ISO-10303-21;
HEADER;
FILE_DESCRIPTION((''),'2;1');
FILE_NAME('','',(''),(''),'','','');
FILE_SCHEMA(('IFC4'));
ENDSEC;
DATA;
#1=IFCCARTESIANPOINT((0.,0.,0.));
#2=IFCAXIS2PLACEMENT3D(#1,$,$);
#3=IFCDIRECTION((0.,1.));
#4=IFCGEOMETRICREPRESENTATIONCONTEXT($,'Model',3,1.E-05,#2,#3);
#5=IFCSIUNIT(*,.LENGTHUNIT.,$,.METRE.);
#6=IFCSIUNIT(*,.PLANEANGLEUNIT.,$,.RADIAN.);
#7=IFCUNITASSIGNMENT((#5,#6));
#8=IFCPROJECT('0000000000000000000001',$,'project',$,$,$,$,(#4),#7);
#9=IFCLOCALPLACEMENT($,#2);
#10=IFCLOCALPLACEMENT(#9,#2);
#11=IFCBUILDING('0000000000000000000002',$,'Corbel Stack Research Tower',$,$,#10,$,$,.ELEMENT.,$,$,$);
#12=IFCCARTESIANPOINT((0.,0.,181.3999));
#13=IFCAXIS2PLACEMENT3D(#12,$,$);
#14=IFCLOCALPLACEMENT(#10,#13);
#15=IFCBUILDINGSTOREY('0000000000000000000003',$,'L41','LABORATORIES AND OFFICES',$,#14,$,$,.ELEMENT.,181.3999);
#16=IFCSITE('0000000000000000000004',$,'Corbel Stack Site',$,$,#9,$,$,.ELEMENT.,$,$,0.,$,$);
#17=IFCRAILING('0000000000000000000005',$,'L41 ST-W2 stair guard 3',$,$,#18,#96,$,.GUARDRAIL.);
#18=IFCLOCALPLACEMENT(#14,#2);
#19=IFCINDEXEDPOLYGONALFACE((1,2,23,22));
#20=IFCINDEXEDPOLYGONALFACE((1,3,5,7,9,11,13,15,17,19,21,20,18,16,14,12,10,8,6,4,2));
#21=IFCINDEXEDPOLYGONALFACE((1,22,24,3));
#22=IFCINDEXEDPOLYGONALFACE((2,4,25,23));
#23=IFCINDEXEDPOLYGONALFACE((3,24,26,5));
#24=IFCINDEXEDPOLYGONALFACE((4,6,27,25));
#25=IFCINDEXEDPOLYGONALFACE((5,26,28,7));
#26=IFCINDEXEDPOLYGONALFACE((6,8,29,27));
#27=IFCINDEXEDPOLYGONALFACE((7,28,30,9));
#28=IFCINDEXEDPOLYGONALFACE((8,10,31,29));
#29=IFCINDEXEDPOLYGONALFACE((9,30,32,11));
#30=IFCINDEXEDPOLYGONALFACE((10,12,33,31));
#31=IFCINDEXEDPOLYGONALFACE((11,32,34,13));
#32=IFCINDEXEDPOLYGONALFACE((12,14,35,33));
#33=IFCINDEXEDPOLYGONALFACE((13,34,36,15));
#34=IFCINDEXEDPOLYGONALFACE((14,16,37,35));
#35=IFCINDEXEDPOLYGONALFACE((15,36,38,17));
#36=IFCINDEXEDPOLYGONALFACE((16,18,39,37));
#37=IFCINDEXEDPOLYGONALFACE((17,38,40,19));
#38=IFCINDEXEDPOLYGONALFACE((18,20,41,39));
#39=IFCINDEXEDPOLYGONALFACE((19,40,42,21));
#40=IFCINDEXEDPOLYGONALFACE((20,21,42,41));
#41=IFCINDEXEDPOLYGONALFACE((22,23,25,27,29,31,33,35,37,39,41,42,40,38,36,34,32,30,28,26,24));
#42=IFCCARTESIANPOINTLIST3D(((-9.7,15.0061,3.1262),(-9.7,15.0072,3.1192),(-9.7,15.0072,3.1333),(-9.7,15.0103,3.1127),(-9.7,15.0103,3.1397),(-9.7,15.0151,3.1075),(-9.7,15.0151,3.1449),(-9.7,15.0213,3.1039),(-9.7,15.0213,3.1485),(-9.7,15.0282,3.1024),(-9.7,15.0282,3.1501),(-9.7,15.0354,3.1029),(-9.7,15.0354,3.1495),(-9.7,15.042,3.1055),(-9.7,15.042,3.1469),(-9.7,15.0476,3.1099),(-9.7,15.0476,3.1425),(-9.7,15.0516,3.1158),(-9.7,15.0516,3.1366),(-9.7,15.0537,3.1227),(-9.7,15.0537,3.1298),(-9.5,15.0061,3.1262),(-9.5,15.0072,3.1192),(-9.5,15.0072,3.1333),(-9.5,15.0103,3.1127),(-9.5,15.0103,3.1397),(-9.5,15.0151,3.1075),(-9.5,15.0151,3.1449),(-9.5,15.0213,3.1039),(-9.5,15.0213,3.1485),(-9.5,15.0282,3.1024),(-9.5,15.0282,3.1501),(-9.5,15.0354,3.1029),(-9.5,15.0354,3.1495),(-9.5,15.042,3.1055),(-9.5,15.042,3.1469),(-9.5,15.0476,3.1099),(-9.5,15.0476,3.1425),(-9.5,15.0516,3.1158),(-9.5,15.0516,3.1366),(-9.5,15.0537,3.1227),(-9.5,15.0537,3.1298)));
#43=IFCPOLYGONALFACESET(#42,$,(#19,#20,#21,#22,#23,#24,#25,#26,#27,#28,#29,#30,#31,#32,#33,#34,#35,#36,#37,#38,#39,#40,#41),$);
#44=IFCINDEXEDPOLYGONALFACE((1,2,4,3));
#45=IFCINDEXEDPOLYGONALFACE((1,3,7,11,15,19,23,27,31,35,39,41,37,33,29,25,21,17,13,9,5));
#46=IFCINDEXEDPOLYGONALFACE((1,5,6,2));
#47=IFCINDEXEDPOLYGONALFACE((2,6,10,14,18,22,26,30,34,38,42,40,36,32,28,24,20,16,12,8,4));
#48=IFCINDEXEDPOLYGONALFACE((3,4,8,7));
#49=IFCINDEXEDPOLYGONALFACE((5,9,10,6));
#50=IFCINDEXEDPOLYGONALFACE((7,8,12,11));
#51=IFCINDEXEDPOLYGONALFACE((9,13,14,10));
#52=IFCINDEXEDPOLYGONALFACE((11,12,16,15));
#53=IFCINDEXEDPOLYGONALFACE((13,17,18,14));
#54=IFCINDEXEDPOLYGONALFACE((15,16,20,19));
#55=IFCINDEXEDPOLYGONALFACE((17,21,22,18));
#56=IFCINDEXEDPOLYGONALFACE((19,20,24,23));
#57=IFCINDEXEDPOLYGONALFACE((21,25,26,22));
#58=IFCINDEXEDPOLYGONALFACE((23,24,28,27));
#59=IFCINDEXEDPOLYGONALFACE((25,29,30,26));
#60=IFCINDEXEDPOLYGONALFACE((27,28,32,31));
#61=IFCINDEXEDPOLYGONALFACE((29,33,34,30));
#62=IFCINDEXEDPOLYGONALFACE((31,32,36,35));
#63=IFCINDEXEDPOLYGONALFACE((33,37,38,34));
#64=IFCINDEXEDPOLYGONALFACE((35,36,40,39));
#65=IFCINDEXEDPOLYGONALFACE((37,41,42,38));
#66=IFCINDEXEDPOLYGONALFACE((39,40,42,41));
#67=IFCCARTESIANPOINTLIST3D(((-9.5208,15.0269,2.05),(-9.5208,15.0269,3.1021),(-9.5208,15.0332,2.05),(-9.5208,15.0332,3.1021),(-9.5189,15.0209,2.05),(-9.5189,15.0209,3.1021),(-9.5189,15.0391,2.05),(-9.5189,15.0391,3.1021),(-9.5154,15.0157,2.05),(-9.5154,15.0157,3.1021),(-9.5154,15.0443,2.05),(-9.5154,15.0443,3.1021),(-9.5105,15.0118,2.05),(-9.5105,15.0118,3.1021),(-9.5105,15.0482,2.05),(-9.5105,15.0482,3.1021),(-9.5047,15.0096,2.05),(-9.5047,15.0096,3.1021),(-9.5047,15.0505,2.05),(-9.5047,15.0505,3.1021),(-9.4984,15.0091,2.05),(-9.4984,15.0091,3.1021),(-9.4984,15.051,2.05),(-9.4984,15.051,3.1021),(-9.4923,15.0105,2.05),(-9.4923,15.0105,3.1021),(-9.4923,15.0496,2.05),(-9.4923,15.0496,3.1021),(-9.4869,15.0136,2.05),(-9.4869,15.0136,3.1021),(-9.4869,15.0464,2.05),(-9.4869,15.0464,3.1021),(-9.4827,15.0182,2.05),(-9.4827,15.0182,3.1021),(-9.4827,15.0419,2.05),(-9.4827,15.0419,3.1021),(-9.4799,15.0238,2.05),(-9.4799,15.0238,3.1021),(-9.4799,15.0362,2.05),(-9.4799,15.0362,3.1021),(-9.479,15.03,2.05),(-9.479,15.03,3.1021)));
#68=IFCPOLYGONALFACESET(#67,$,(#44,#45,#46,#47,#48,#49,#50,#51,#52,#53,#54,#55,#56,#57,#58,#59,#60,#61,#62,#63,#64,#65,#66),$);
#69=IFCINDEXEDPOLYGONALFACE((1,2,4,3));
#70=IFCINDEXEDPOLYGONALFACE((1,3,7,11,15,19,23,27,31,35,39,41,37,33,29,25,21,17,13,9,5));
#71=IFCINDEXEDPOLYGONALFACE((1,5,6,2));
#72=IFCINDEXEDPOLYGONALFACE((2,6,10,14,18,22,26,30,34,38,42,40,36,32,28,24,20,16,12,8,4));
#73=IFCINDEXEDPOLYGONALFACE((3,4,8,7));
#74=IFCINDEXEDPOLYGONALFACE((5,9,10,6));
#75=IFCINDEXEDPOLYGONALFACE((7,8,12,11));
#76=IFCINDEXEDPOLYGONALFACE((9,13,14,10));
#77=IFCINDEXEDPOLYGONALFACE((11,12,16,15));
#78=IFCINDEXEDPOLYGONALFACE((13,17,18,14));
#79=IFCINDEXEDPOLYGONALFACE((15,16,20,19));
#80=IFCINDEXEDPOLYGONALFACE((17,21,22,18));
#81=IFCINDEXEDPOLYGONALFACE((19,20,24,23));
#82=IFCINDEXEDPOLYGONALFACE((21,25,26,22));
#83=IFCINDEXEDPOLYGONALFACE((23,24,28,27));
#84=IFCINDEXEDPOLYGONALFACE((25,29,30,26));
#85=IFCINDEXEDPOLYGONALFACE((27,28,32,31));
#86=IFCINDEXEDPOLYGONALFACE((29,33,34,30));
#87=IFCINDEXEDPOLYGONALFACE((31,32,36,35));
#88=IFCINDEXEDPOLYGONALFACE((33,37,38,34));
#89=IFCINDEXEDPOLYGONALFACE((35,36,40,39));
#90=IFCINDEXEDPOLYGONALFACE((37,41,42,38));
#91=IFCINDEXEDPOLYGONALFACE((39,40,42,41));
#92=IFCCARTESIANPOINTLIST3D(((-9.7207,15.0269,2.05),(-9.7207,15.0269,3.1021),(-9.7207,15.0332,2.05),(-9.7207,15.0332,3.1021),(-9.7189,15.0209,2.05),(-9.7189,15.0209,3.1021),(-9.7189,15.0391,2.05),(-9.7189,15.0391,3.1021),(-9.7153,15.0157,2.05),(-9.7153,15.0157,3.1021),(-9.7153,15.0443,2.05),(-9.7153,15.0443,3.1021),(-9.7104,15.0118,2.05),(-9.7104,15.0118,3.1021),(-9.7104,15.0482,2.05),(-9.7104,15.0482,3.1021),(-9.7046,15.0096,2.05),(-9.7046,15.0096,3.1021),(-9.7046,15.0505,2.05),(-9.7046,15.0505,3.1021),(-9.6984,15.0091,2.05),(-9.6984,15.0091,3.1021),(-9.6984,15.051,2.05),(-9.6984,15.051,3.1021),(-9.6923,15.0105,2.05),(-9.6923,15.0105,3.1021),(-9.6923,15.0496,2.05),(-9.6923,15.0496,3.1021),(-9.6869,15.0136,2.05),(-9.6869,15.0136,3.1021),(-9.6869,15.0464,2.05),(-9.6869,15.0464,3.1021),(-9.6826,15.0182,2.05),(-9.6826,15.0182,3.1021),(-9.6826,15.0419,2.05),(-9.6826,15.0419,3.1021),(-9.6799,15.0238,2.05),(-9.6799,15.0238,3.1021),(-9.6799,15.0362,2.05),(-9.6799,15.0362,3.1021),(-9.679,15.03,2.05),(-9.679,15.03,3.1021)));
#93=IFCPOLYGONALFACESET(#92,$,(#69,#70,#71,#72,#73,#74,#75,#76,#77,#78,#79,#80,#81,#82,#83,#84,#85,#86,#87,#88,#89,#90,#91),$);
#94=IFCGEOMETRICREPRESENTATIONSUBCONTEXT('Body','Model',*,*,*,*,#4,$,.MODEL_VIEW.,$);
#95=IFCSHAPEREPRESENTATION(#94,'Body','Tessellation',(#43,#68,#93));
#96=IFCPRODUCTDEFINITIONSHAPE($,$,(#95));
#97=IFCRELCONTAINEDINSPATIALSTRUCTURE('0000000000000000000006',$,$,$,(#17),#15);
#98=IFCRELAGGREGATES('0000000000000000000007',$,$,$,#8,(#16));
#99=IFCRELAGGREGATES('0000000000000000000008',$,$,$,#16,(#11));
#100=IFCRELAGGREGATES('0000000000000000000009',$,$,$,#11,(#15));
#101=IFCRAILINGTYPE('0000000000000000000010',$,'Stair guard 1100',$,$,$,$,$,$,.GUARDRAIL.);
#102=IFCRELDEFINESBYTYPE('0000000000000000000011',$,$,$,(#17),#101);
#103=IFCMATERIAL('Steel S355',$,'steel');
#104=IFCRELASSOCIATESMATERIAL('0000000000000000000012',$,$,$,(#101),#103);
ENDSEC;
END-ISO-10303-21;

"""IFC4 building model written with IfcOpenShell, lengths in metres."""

from ifc_helpers import new_model, si_unit, direction, frame, origin, origin_2d, place, context, subcontext, project, spatial, circle, extrude, material, type_object, element, save


model = new_model("IFC4")

# Units and contexts
model_context = context("Model", 3, precision=1e-05, world=origin(), true_north=direction((0.0, 1.0)))
body_context = subcontext(model_context, "Body", "Model", "MODEL_VIEW")
ifc_project = project(units=[si_unit("LENGTHUNIT", "METRE"), si_unit("PLANEANGLEUNIT", "RADIAN")], contexts=[model_context])

# Site, building, storey
site_placement = place(None, origin())
site = spatial("IfcSite", under=ifc_project, at=site_placement, Name="Corbel Stack Site", CompositionType="ELEMENT", RefElevation=0.0)
building_placement = place(site_placement, origin())
building = spatial("IfcBuilding", under=site, at=building_placement, Name="Corbel Stack Research Tower", CompositionType="ELEMENT")
storey_placement = place(building_placement, frame((0.0, 0.0, 181.3999)))
storey = spatial("IfcBuildingStorey", under=building, at=storey_placement, Name="L41", Description="LABORATORIES AND OFFICES", CompositionType="ELEMENT", Elevation=181.3999)

# Railing
ifc_material_1 = material(Name="Steel S355", Category="steel")
railing_type = type_object("IfcRailingType", Name="Stair guard 1100", PredefinedType="GUARDRAIL", material=ifc_material_1)
railing_1_placement = place(storey_placement, frame((-9.5, 15.03, 2.05)))
element("IfcRailing", 1, at=railing_1_placement, inside=storey, type_object=railing_type, Name="L41 ST-W2 stair guard 3", PredefinedType="GUARDRAIL", context=body_context, shape_type="SweptSolid", body=[
    extrude(circle(Radius=0.0239, at=origin_2d()), frame((0.0, 0.0, 1.0762), z_axis=(-1.0, 0.0, 0.0), x_axis=(0.0, -1.0, 0.0)), (0.0, 0.0, 1.0), 0.2),
    extrude(circle(Radius=0.021, at=origin_2d()), origin(), (0.0, 0.0, 1.0), 1.052),
    extrude(circle(Radius=0.021, at=origin_2d()), frame((-0.2, 0.0, 0.0)), (0.0, 0.0, 1.0), 1.052),
])

save(model, "model.ifc")
